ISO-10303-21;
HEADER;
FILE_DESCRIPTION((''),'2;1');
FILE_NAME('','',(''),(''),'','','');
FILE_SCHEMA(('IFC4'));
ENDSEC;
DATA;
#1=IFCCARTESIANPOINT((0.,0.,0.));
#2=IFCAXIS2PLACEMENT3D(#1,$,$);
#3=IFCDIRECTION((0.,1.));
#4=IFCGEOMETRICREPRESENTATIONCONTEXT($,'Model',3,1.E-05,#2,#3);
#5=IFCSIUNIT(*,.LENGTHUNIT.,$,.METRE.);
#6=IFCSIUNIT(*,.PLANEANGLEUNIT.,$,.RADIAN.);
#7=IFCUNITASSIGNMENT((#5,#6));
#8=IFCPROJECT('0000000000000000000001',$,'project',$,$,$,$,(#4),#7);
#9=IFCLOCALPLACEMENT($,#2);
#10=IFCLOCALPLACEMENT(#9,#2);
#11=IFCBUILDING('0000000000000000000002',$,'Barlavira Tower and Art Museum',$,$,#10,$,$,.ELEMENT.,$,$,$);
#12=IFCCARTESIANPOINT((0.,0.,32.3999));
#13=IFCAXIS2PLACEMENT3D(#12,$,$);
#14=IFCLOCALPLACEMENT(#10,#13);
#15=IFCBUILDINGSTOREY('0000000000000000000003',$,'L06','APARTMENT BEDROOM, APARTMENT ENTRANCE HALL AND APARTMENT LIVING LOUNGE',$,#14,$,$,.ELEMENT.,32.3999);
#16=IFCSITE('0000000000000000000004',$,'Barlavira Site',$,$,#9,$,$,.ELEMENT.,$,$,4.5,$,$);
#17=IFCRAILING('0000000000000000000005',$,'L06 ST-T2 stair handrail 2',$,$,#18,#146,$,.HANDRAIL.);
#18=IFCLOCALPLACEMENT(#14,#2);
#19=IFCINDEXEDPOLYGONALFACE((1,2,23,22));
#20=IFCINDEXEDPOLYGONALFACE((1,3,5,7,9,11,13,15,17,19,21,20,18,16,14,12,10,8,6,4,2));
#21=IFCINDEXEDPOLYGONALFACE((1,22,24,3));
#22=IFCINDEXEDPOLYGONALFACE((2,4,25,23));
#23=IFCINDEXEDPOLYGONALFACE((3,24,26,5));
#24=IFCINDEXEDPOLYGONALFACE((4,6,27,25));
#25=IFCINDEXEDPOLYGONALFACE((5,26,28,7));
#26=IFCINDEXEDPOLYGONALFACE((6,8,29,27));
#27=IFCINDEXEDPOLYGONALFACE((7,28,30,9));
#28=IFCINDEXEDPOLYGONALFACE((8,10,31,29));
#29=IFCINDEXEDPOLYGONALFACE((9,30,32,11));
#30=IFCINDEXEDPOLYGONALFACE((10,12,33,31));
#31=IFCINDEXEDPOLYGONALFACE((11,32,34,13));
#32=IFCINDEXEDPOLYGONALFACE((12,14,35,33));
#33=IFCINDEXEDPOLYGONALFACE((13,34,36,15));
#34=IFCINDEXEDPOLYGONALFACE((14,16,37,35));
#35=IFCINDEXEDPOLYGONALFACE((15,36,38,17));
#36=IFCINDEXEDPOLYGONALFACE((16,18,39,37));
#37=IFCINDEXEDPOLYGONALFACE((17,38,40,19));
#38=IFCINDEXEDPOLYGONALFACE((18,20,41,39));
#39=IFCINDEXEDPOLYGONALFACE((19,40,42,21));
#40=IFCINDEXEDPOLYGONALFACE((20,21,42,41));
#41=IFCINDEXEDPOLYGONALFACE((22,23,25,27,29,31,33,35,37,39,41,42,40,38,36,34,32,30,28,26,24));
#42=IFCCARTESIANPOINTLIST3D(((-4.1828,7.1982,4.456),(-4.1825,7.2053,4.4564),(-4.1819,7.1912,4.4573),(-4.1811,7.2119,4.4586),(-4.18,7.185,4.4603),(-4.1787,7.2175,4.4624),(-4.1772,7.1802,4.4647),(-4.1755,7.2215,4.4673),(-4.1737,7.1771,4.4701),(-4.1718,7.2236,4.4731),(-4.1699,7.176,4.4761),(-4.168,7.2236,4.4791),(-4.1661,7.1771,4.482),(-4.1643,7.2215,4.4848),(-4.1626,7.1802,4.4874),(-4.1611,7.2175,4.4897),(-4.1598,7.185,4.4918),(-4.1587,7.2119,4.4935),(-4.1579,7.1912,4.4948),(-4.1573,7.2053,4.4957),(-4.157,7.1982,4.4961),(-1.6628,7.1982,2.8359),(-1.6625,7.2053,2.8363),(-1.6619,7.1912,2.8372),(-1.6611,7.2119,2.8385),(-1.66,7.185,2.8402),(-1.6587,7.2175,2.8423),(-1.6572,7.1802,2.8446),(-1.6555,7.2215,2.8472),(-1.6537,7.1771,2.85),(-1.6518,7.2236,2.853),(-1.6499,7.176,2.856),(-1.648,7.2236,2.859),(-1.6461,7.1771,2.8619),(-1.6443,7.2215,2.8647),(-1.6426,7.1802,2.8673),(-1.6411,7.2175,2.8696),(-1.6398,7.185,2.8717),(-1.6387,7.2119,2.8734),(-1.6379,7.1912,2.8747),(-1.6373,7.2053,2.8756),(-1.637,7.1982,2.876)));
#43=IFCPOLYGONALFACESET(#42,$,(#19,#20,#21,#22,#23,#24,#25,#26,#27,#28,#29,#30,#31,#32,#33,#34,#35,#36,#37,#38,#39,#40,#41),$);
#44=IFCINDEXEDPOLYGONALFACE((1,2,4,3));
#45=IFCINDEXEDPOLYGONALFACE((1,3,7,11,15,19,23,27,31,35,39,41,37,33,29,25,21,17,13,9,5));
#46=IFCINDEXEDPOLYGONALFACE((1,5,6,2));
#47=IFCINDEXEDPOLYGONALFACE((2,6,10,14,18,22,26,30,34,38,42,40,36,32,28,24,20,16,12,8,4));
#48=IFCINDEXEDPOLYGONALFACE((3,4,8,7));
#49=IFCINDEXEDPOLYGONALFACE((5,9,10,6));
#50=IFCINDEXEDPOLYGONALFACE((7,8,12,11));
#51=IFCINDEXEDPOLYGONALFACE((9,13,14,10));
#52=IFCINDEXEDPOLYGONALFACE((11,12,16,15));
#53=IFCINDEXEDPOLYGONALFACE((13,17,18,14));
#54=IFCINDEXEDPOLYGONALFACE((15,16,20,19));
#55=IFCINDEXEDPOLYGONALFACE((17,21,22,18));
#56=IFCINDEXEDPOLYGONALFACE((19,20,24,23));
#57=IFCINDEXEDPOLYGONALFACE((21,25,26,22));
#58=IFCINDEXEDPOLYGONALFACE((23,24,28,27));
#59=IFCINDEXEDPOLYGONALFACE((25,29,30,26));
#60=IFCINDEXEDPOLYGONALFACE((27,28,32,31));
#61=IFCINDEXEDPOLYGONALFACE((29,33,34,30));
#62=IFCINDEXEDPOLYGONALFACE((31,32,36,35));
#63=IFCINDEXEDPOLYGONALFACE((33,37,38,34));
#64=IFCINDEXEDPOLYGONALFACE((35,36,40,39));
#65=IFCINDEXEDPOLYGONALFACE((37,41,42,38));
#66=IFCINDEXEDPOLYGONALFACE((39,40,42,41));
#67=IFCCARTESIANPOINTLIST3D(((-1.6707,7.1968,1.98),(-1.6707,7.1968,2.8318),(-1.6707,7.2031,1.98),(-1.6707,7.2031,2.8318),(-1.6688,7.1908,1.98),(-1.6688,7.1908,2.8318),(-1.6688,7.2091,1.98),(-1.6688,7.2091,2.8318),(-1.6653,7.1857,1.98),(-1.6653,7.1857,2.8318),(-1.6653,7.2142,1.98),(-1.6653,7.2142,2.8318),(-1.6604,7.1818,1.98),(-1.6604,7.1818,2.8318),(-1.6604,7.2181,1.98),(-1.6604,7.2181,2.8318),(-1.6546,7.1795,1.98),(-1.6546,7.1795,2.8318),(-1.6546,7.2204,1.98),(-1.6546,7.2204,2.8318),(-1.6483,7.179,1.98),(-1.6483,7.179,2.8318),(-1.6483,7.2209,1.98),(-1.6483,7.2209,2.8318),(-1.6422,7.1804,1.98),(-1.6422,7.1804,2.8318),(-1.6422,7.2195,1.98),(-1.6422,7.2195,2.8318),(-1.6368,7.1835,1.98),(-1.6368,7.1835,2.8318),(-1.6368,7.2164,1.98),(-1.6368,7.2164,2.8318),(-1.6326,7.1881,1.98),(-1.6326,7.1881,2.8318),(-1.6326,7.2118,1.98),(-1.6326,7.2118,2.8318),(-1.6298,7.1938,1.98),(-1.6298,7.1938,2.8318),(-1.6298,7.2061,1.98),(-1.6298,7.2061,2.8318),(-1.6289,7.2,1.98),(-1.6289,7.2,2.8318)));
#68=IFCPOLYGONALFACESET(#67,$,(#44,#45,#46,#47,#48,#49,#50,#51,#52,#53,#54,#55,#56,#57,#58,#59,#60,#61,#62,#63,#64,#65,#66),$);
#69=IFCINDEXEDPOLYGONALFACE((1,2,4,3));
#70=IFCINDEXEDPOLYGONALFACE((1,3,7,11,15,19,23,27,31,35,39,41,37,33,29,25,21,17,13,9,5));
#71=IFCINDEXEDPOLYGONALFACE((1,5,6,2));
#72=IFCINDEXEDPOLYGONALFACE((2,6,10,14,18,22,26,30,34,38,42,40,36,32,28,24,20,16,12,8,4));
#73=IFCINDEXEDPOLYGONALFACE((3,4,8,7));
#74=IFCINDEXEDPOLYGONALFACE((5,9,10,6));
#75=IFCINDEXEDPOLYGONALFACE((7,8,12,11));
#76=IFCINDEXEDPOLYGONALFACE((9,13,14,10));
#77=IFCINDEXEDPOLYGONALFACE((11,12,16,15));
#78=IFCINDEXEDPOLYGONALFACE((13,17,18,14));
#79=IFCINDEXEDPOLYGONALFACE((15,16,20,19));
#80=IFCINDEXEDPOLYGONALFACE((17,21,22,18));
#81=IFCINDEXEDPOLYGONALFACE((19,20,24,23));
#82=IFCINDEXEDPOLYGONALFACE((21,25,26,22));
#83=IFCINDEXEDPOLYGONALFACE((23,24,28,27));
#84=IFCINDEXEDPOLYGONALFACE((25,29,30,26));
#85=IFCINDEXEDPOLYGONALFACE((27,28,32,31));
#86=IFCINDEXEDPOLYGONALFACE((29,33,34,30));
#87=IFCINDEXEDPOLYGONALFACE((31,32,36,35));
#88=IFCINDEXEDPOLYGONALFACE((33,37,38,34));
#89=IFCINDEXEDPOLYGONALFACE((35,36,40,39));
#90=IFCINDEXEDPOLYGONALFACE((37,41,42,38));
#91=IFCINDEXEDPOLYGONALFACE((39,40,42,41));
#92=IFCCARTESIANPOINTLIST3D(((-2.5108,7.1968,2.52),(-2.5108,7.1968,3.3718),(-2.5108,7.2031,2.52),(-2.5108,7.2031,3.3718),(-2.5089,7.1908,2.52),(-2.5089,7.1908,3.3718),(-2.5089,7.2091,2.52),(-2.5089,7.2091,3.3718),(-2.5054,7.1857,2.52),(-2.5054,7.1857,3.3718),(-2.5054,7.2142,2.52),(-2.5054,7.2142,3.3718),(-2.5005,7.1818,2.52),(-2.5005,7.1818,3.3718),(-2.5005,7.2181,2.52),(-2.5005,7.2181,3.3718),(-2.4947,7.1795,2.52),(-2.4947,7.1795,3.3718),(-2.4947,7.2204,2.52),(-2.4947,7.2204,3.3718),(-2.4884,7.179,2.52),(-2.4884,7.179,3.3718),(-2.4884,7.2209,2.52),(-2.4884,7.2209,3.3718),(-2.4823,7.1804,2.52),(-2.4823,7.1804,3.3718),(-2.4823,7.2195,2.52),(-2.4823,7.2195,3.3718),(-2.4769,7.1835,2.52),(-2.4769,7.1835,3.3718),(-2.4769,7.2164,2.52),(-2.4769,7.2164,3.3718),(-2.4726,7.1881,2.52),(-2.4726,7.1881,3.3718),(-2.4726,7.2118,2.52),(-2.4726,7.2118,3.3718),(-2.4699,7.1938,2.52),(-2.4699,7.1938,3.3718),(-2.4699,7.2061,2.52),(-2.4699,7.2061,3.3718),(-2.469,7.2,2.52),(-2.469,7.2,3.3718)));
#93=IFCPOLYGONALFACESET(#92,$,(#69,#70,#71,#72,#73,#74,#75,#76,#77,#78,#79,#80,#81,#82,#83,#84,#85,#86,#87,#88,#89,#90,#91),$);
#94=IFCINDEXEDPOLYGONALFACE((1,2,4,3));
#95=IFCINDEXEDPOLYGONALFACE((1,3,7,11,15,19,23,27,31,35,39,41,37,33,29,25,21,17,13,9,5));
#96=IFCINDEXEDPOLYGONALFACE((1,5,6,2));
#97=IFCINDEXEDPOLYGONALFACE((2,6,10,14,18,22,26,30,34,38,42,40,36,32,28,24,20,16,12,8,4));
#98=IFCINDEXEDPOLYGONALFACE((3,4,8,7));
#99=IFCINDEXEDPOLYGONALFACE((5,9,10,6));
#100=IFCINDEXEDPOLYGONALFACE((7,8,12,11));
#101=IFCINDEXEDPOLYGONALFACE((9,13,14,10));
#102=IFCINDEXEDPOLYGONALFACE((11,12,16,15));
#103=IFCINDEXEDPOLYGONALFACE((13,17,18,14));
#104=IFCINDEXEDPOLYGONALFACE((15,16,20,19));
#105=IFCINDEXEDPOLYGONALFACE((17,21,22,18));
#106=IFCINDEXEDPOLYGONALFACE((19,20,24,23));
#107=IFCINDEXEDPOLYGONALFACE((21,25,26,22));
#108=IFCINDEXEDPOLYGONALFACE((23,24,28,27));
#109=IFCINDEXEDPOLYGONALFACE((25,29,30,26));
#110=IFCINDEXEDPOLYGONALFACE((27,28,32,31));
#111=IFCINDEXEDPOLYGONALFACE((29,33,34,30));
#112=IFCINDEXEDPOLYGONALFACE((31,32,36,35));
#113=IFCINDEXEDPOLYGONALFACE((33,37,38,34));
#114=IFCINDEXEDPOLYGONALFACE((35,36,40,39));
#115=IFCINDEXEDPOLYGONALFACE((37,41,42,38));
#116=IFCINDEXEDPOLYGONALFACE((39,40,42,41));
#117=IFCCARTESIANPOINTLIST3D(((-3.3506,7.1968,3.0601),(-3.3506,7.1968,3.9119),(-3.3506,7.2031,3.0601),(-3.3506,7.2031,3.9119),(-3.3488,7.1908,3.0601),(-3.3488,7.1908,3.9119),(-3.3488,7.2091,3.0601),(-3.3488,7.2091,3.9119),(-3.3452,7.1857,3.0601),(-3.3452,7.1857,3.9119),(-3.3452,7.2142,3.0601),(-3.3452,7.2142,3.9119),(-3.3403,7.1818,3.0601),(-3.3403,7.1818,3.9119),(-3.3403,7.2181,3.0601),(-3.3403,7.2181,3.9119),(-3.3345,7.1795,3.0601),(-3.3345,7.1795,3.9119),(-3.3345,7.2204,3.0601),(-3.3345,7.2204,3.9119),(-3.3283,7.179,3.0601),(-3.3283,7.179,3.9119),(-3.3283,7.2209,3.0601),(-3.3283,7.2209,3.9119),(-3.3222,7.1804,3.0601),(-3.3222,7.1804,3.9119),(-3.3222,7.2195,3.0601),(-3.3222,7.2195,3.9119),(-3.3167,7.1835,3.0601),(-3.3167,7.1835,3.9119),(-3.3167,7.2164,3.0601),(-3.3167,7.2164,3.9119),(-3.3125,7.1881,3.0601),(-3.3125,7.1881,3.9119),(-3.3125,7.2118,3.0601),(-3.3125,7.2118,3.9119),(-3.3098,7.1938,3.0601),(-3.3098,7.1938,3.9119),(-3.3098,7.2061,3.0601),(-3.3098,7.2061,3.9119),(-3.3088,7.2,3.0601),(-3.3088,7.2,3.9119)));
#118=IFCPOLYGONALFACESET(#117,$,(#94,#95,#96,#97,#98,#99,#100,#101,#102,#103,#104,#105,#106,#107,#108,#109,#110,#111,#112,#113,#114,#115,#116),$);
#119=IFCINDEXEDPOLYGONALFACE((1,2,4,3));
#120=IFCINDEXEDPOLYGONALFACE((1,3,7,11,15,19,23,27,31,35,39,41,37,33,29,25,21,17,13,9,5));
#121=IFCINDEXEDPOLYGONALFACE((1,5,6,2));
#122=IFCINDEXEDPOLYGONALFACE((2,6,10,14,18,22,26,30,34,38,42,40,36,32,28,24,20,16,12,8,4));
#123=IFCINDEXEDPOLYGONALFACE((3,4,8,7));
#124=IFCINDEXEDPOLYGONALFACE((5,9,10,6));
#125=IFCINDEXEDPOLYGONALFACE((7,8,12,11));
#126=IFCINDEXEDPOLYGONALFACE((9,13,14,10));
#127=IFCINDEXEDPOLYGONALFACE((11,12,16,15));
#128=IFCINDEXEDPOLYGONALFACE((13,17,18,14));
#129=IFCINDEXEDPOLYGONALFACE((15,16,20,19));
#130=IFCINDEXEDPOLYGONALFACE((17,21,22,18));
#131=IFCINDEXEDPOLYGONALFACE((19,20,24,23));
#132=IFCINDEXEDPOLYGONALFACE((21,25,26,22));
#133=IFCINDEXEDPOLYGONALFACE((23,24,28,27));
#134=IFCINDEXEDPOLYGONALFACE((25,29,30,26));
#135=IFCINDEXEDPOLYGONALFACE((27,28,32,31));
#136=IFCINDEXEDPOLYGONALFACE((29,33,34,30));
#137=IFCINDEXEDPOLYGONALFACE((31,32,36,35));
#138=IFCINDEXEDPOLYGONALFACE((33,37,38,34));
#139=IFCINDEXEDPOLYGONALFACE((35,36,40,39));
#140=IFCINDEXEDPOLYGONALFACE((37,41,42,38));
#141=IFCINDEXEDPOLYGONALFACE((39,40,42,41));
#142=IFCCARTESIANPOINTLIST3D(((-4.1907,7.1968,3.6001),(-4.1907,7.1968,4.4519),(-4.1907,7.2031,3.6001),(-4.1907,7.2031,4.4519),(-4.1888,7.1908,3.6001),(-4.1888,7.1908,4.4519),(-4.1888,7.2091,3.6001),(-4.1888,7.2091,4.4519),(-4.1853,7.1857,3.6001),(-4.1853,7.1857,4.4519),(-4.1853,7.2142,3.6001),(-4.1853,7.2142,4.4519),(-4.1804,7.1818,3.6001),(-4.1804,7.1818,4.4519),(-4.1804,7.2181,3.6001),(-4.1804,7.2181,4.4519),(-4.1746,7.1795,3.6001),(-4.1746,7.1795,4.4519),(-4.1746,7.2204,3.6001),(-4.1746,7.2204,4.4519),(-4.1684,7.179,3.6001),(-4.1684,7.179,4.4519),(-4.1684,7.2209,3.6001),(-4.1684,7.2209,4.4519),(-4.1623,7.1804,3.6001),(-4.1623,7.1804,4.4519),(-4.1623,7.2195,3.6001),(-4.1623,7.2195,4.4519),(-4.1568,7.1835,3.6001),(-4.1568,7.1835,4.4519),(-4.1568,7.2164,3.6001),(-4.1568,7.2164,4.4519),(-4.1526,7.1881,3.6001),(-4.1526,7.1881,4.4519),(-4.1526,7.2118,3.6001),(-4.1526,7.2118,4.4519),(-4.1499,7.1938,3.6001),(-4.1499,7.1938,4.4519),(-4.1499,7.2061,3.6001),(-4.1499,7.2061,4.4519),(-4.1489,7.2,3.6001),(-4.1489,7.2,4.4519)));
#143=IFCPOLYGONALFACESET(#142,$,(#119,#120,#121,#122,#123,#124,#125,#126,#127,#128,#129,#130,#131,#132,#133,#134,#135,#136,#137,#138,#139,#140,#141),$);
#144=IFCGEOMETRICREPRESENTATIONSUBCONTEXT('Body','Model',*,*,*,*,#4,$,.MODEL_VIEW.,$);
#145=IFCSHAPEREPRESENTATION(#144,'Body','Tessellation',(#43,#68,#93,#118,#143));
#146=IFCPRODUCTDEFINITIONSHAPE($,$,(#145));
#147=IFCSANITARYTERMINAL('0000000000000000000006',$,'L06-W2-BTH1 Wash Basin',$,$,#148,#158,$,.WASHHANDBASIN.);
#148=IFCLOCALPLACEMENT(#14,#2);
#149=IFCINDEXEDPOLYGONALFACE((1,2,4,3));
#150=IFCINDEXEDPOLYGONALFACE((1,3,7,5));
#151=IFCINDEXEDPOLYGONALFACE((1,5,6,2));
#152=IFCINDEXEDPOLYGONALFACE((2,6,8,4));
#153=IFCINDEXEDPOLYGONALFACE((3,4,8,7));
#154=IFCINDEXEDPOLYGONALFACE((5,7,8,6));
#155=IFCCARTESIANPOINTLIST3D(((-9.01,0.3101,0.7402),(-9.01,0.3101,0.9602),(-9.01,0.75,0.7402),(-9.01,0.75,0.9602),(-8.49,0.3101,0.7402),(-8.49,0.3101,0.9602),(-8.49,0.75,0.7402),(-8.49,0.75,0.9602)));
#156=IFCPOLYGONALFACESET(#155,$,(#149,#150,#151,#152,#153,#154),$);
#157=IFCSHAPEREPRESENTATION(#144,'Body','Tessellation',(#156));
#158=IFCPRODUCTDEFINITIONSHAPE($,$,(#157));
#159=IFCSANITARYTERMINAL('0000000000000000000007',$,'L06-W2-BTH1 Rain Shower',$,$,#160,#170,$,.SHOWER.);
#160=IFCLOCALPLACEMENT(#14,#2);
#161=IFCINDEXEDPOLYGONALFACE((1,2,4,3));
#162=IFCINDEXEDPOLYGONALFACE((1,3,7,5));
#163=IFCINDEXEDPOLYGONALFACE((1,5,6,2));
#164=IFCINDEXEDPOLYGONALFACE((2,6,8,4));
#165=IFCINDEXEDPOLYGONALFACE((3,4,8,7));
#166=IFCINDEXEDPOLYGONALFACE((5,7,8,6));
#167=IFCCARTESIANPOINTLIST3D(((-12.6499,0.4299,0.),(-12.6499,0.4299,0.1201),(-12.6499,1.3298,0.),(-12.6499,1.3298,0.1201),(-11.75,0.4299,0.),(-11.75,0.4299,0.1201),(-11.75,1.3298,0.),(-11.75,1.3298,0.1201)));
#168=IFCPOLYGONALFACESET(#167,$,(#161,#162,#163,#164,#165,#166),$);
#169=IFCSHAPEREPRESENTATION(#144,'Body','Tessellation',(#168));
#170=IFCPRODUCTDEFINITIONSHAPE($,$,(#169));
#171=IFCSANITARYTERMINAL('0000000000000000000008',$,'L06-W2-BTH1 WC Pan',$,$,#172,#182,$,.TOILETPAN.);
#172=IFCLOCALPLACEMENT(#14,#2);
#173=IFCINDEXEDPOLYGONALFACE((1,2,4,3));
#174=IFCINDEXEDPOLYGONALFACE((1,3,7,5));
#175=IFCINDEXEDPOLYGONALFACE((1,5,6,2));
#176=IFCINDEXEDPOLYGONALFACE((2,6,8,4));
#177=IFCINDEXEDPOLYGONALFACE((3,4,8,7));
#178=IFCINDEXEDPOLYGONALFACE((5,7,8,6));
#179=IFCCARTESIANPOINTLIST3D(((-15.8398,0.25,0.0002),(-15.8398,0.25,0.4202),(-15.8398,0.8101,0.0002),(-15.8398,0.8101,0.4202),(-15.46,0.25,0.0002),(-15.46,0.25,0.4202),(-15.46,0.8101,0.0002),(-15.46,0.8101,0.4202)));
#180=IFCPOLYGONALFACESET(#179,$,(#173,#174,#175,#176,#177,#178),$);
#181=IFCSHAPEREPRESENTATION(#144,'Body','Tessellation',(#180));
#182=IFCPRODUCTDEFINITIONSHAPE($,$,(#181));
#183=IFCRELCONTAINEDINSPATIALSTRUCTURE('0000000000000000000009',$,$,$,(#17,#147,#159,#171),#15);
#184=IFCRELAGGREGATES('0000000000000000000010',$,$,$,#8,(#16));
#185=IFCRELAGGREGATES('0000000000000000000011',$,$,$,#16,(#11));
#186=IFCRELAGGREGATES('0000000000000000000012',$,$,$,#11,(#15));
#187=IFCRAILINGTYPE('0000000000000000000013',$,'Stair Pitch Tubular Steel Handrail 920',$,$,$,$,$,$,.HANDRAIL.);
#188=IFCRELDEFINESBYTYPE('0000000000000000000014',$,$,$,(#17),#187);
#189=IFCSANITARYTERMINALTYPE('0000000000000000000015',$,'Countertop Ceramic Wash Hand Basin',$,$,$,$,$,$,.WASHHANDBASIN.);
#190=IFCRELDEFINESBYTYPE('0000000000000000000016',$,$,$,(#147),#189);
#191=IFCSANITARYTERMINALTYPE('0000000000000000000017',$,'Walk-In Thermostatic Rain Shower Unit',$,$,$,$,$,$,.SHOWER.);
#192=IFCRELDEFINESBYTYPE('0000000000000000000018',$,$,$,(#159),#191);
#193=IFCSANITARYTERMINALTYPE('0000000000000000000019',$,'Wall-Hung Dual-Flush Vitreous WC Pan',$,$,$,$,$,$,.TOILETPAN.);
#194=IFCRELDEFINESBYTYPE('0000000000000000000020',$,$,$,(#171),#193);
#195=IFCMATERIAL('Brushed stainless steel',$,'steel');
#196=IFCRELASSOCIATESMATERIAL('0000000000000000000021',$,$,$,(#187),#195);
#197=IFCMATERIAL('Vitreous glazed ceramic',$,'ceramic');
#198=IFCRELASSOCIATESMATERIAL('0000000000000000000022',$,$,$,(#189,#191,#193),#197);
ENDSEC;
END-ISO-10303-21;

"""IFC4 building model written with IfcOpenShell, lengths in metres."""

from ifc_helpers import new_model, si_unit, direction, frame, origin, origin_2d, place, context, subcontext, project, spatial, rectangle, circle, extrude, material, type_object, element, save


model = new_model("IFC4")

# Units and contexts
model_context = context("Model", 3, precision=1e-05, world=origin(), true_north=direction((0.0, 1.0)))
body_context = subcontext(model_context, "Body", "Model", "MODEL_VIEW")
ifc_project = project(units=[si_unit("LENGTHUNIT", "METRE"), si_unit("PLANEANGLEUNIT", "RADIAN")], contexts=[model_context])

# Site, building, storey
site_placement = place(None, origin())
site = spatial("IfcSite", under=ifc_project, at=site_placement, Name="Barlavira Site", CompositionType="ELEMENT", RefElevation=4.5)
building_placement = place(site_placement, origin())
building = spatial("IfcBuilding", under=site, at=building_placement, Name="Barlavira Tower and Art Museum", CompositionType="ELEMENT")
storey_placement = place(building_placement, frame((0.0, 0.0, 32.3999)))
storey = spatial("IfcBuildingStorey", under=building, at=storey_placement, Name="L06", Description="APARTMENT BEDROOM, APARTMENT ENTRANCE HALL AND APARTMENT LIVING LOUNGE", CompositionType="ELEMENT", Elevation=32.3999)

# Shared definitions
ifc_material_1 = material(Name="Brushed stainless steel", Category="steel")

# Railing
railing_type_1 = type_object("IfcRailingType", Name="Stair Pitch Tubular Steel Handrail 920", PredefinedType="HANDRAIL", material=ifc_material_1)
railing_1_placement = place(storey_placement, frame((-1.6499, 7.2, 1.98)))
element("IfcRailing", 1, at=railing_1_placement, inside=storey, type_object=railing_type_1, Name="L06 ST-T2 stair handrail 2", PredefinedType="HANDRAIL", context=body_context, shape_type="SweptSolid", body=[
    extrude(circle(Radius=0.0239, at=origin_2d()), frame((0.0, 0.0, 0.876), z_axis=(-0.841163, 0.0, 0.540782), x_axis=(0.0, -1.0, 0.0)), (0.0, 0.0, 1.0), 2.9958),
    extrude(circle(Radius=0.021, at=origin_2d()), origin(), (0.0, 0.0, 1.0), 0.8518),
    extrude(circle(Radius=0.021, at=origin_2d()), frame((-0.8401, 0.0, 0.54)), (0.0, 0.0, 1.0), 0.8518),
    extrude(circle(Radius=0.021, at=origin_2d()), frame((-1.6799, 0.0, 1.0801)), (0.0, 0.0, 1.0), 0.8518),
    extrude(circle(Radius=0.021, at=origin_2d()), frame((-2.52, 0.0, 1.6201)), (0.0, 0.0, 1.0), 0.8518),
])

# Sanitary terminals
ifc_material_2 = material(Name="Vitreous glazed ceramic", Category="ceramic")
sanitary_terminal_type_1 = type_object("IfcSanitaryTerminalType", Name="Countertop Ceramic Wash Hand Basin", PredefinedType="WASHHANDBASIN", material=ifc_material_2)
sanitary_terminal_1_placement = place(storey_placement, frame((-8.75, 0.53, 0.7402), z_axis=(0.0, 0.0, 1.0), x_axis=(1.0, 0.0, 0.0)))
element("IfcSanitaryTerminal", 2, at=sanitary_terminal_1_placement, inside=storey, type_object=sanitary_terminal_type_1, Name="L06-W2-BTH1 Wash Basin", PredefinedType="WASHHANDBASIN", context=body_context, shape_type="SweptSolid", body=[
    extrude(rectangle(XDim=0.52, YDim=0.4399, at=origin_2d()), origin(), (0.0, 0.0, 1.0), 0.22),
])
sanitary_terminal_type_2 = type_object("IfcSanitaryTerminalType", Name="Walk-In Thermostatic Rain Shower Unit", PredefinedType="SHOWER", material=ifc_material_2)
sanitary_terminal_2_placement = place(storey_placement, frame((-12.2, 0.8799, 0.0), z_axis=(0.0, 0.0, 1.0), x_axis=(1.0, 0.0, 0.0)))
element("IfcSanitaryTerminal", 3, at=sanitary_terminal_2_placement, inside=storey, type_object=sanitary_terminal_type_2, Name="L06-W2-BTH1 Rain Shower", PredefinedType="SHOWER", context=body_context, shape_type="SweptSolid", body=[
    extrude(rectangle(XDim=0.8999, YDim=0.8999, at=origin_2d()), origin(), (0.0, 0.0, 1.0), 0.1201),
])
sanitary_terminal_type_3 = type_object("IfcSanitaryTerminalType", Name="Wall-Hung Dual-Flush Vitreous WC Pan", PredefinedType="TOILETPAN", material=ifc_material_2)
sanitary_terminal_3_placement = place(storey_placement, frame((-15.6499, 0.53, 0.0002), z_axis=(0.0, 0.0, 1.0), x_axis=(1.0, 0.0, 0.0)))
element("IfcSanitaryTerminal", 4, at=sanitary_terminal_3_placement, inside=storey, type_object=sanitary_terminal_type_3, Name="L06-W2-BTH1 WC Pan", PredefinedType="TOILETPAN", context=body_context, shape_type="SweptSolid", body=[
    extrude(rectangle(XDim=0.3799, YDim=0.5601, at=origin_2d()), origin(), (0.0, 0.0, 1.0), 0.4199),
])

save(model, "model.ifc")
